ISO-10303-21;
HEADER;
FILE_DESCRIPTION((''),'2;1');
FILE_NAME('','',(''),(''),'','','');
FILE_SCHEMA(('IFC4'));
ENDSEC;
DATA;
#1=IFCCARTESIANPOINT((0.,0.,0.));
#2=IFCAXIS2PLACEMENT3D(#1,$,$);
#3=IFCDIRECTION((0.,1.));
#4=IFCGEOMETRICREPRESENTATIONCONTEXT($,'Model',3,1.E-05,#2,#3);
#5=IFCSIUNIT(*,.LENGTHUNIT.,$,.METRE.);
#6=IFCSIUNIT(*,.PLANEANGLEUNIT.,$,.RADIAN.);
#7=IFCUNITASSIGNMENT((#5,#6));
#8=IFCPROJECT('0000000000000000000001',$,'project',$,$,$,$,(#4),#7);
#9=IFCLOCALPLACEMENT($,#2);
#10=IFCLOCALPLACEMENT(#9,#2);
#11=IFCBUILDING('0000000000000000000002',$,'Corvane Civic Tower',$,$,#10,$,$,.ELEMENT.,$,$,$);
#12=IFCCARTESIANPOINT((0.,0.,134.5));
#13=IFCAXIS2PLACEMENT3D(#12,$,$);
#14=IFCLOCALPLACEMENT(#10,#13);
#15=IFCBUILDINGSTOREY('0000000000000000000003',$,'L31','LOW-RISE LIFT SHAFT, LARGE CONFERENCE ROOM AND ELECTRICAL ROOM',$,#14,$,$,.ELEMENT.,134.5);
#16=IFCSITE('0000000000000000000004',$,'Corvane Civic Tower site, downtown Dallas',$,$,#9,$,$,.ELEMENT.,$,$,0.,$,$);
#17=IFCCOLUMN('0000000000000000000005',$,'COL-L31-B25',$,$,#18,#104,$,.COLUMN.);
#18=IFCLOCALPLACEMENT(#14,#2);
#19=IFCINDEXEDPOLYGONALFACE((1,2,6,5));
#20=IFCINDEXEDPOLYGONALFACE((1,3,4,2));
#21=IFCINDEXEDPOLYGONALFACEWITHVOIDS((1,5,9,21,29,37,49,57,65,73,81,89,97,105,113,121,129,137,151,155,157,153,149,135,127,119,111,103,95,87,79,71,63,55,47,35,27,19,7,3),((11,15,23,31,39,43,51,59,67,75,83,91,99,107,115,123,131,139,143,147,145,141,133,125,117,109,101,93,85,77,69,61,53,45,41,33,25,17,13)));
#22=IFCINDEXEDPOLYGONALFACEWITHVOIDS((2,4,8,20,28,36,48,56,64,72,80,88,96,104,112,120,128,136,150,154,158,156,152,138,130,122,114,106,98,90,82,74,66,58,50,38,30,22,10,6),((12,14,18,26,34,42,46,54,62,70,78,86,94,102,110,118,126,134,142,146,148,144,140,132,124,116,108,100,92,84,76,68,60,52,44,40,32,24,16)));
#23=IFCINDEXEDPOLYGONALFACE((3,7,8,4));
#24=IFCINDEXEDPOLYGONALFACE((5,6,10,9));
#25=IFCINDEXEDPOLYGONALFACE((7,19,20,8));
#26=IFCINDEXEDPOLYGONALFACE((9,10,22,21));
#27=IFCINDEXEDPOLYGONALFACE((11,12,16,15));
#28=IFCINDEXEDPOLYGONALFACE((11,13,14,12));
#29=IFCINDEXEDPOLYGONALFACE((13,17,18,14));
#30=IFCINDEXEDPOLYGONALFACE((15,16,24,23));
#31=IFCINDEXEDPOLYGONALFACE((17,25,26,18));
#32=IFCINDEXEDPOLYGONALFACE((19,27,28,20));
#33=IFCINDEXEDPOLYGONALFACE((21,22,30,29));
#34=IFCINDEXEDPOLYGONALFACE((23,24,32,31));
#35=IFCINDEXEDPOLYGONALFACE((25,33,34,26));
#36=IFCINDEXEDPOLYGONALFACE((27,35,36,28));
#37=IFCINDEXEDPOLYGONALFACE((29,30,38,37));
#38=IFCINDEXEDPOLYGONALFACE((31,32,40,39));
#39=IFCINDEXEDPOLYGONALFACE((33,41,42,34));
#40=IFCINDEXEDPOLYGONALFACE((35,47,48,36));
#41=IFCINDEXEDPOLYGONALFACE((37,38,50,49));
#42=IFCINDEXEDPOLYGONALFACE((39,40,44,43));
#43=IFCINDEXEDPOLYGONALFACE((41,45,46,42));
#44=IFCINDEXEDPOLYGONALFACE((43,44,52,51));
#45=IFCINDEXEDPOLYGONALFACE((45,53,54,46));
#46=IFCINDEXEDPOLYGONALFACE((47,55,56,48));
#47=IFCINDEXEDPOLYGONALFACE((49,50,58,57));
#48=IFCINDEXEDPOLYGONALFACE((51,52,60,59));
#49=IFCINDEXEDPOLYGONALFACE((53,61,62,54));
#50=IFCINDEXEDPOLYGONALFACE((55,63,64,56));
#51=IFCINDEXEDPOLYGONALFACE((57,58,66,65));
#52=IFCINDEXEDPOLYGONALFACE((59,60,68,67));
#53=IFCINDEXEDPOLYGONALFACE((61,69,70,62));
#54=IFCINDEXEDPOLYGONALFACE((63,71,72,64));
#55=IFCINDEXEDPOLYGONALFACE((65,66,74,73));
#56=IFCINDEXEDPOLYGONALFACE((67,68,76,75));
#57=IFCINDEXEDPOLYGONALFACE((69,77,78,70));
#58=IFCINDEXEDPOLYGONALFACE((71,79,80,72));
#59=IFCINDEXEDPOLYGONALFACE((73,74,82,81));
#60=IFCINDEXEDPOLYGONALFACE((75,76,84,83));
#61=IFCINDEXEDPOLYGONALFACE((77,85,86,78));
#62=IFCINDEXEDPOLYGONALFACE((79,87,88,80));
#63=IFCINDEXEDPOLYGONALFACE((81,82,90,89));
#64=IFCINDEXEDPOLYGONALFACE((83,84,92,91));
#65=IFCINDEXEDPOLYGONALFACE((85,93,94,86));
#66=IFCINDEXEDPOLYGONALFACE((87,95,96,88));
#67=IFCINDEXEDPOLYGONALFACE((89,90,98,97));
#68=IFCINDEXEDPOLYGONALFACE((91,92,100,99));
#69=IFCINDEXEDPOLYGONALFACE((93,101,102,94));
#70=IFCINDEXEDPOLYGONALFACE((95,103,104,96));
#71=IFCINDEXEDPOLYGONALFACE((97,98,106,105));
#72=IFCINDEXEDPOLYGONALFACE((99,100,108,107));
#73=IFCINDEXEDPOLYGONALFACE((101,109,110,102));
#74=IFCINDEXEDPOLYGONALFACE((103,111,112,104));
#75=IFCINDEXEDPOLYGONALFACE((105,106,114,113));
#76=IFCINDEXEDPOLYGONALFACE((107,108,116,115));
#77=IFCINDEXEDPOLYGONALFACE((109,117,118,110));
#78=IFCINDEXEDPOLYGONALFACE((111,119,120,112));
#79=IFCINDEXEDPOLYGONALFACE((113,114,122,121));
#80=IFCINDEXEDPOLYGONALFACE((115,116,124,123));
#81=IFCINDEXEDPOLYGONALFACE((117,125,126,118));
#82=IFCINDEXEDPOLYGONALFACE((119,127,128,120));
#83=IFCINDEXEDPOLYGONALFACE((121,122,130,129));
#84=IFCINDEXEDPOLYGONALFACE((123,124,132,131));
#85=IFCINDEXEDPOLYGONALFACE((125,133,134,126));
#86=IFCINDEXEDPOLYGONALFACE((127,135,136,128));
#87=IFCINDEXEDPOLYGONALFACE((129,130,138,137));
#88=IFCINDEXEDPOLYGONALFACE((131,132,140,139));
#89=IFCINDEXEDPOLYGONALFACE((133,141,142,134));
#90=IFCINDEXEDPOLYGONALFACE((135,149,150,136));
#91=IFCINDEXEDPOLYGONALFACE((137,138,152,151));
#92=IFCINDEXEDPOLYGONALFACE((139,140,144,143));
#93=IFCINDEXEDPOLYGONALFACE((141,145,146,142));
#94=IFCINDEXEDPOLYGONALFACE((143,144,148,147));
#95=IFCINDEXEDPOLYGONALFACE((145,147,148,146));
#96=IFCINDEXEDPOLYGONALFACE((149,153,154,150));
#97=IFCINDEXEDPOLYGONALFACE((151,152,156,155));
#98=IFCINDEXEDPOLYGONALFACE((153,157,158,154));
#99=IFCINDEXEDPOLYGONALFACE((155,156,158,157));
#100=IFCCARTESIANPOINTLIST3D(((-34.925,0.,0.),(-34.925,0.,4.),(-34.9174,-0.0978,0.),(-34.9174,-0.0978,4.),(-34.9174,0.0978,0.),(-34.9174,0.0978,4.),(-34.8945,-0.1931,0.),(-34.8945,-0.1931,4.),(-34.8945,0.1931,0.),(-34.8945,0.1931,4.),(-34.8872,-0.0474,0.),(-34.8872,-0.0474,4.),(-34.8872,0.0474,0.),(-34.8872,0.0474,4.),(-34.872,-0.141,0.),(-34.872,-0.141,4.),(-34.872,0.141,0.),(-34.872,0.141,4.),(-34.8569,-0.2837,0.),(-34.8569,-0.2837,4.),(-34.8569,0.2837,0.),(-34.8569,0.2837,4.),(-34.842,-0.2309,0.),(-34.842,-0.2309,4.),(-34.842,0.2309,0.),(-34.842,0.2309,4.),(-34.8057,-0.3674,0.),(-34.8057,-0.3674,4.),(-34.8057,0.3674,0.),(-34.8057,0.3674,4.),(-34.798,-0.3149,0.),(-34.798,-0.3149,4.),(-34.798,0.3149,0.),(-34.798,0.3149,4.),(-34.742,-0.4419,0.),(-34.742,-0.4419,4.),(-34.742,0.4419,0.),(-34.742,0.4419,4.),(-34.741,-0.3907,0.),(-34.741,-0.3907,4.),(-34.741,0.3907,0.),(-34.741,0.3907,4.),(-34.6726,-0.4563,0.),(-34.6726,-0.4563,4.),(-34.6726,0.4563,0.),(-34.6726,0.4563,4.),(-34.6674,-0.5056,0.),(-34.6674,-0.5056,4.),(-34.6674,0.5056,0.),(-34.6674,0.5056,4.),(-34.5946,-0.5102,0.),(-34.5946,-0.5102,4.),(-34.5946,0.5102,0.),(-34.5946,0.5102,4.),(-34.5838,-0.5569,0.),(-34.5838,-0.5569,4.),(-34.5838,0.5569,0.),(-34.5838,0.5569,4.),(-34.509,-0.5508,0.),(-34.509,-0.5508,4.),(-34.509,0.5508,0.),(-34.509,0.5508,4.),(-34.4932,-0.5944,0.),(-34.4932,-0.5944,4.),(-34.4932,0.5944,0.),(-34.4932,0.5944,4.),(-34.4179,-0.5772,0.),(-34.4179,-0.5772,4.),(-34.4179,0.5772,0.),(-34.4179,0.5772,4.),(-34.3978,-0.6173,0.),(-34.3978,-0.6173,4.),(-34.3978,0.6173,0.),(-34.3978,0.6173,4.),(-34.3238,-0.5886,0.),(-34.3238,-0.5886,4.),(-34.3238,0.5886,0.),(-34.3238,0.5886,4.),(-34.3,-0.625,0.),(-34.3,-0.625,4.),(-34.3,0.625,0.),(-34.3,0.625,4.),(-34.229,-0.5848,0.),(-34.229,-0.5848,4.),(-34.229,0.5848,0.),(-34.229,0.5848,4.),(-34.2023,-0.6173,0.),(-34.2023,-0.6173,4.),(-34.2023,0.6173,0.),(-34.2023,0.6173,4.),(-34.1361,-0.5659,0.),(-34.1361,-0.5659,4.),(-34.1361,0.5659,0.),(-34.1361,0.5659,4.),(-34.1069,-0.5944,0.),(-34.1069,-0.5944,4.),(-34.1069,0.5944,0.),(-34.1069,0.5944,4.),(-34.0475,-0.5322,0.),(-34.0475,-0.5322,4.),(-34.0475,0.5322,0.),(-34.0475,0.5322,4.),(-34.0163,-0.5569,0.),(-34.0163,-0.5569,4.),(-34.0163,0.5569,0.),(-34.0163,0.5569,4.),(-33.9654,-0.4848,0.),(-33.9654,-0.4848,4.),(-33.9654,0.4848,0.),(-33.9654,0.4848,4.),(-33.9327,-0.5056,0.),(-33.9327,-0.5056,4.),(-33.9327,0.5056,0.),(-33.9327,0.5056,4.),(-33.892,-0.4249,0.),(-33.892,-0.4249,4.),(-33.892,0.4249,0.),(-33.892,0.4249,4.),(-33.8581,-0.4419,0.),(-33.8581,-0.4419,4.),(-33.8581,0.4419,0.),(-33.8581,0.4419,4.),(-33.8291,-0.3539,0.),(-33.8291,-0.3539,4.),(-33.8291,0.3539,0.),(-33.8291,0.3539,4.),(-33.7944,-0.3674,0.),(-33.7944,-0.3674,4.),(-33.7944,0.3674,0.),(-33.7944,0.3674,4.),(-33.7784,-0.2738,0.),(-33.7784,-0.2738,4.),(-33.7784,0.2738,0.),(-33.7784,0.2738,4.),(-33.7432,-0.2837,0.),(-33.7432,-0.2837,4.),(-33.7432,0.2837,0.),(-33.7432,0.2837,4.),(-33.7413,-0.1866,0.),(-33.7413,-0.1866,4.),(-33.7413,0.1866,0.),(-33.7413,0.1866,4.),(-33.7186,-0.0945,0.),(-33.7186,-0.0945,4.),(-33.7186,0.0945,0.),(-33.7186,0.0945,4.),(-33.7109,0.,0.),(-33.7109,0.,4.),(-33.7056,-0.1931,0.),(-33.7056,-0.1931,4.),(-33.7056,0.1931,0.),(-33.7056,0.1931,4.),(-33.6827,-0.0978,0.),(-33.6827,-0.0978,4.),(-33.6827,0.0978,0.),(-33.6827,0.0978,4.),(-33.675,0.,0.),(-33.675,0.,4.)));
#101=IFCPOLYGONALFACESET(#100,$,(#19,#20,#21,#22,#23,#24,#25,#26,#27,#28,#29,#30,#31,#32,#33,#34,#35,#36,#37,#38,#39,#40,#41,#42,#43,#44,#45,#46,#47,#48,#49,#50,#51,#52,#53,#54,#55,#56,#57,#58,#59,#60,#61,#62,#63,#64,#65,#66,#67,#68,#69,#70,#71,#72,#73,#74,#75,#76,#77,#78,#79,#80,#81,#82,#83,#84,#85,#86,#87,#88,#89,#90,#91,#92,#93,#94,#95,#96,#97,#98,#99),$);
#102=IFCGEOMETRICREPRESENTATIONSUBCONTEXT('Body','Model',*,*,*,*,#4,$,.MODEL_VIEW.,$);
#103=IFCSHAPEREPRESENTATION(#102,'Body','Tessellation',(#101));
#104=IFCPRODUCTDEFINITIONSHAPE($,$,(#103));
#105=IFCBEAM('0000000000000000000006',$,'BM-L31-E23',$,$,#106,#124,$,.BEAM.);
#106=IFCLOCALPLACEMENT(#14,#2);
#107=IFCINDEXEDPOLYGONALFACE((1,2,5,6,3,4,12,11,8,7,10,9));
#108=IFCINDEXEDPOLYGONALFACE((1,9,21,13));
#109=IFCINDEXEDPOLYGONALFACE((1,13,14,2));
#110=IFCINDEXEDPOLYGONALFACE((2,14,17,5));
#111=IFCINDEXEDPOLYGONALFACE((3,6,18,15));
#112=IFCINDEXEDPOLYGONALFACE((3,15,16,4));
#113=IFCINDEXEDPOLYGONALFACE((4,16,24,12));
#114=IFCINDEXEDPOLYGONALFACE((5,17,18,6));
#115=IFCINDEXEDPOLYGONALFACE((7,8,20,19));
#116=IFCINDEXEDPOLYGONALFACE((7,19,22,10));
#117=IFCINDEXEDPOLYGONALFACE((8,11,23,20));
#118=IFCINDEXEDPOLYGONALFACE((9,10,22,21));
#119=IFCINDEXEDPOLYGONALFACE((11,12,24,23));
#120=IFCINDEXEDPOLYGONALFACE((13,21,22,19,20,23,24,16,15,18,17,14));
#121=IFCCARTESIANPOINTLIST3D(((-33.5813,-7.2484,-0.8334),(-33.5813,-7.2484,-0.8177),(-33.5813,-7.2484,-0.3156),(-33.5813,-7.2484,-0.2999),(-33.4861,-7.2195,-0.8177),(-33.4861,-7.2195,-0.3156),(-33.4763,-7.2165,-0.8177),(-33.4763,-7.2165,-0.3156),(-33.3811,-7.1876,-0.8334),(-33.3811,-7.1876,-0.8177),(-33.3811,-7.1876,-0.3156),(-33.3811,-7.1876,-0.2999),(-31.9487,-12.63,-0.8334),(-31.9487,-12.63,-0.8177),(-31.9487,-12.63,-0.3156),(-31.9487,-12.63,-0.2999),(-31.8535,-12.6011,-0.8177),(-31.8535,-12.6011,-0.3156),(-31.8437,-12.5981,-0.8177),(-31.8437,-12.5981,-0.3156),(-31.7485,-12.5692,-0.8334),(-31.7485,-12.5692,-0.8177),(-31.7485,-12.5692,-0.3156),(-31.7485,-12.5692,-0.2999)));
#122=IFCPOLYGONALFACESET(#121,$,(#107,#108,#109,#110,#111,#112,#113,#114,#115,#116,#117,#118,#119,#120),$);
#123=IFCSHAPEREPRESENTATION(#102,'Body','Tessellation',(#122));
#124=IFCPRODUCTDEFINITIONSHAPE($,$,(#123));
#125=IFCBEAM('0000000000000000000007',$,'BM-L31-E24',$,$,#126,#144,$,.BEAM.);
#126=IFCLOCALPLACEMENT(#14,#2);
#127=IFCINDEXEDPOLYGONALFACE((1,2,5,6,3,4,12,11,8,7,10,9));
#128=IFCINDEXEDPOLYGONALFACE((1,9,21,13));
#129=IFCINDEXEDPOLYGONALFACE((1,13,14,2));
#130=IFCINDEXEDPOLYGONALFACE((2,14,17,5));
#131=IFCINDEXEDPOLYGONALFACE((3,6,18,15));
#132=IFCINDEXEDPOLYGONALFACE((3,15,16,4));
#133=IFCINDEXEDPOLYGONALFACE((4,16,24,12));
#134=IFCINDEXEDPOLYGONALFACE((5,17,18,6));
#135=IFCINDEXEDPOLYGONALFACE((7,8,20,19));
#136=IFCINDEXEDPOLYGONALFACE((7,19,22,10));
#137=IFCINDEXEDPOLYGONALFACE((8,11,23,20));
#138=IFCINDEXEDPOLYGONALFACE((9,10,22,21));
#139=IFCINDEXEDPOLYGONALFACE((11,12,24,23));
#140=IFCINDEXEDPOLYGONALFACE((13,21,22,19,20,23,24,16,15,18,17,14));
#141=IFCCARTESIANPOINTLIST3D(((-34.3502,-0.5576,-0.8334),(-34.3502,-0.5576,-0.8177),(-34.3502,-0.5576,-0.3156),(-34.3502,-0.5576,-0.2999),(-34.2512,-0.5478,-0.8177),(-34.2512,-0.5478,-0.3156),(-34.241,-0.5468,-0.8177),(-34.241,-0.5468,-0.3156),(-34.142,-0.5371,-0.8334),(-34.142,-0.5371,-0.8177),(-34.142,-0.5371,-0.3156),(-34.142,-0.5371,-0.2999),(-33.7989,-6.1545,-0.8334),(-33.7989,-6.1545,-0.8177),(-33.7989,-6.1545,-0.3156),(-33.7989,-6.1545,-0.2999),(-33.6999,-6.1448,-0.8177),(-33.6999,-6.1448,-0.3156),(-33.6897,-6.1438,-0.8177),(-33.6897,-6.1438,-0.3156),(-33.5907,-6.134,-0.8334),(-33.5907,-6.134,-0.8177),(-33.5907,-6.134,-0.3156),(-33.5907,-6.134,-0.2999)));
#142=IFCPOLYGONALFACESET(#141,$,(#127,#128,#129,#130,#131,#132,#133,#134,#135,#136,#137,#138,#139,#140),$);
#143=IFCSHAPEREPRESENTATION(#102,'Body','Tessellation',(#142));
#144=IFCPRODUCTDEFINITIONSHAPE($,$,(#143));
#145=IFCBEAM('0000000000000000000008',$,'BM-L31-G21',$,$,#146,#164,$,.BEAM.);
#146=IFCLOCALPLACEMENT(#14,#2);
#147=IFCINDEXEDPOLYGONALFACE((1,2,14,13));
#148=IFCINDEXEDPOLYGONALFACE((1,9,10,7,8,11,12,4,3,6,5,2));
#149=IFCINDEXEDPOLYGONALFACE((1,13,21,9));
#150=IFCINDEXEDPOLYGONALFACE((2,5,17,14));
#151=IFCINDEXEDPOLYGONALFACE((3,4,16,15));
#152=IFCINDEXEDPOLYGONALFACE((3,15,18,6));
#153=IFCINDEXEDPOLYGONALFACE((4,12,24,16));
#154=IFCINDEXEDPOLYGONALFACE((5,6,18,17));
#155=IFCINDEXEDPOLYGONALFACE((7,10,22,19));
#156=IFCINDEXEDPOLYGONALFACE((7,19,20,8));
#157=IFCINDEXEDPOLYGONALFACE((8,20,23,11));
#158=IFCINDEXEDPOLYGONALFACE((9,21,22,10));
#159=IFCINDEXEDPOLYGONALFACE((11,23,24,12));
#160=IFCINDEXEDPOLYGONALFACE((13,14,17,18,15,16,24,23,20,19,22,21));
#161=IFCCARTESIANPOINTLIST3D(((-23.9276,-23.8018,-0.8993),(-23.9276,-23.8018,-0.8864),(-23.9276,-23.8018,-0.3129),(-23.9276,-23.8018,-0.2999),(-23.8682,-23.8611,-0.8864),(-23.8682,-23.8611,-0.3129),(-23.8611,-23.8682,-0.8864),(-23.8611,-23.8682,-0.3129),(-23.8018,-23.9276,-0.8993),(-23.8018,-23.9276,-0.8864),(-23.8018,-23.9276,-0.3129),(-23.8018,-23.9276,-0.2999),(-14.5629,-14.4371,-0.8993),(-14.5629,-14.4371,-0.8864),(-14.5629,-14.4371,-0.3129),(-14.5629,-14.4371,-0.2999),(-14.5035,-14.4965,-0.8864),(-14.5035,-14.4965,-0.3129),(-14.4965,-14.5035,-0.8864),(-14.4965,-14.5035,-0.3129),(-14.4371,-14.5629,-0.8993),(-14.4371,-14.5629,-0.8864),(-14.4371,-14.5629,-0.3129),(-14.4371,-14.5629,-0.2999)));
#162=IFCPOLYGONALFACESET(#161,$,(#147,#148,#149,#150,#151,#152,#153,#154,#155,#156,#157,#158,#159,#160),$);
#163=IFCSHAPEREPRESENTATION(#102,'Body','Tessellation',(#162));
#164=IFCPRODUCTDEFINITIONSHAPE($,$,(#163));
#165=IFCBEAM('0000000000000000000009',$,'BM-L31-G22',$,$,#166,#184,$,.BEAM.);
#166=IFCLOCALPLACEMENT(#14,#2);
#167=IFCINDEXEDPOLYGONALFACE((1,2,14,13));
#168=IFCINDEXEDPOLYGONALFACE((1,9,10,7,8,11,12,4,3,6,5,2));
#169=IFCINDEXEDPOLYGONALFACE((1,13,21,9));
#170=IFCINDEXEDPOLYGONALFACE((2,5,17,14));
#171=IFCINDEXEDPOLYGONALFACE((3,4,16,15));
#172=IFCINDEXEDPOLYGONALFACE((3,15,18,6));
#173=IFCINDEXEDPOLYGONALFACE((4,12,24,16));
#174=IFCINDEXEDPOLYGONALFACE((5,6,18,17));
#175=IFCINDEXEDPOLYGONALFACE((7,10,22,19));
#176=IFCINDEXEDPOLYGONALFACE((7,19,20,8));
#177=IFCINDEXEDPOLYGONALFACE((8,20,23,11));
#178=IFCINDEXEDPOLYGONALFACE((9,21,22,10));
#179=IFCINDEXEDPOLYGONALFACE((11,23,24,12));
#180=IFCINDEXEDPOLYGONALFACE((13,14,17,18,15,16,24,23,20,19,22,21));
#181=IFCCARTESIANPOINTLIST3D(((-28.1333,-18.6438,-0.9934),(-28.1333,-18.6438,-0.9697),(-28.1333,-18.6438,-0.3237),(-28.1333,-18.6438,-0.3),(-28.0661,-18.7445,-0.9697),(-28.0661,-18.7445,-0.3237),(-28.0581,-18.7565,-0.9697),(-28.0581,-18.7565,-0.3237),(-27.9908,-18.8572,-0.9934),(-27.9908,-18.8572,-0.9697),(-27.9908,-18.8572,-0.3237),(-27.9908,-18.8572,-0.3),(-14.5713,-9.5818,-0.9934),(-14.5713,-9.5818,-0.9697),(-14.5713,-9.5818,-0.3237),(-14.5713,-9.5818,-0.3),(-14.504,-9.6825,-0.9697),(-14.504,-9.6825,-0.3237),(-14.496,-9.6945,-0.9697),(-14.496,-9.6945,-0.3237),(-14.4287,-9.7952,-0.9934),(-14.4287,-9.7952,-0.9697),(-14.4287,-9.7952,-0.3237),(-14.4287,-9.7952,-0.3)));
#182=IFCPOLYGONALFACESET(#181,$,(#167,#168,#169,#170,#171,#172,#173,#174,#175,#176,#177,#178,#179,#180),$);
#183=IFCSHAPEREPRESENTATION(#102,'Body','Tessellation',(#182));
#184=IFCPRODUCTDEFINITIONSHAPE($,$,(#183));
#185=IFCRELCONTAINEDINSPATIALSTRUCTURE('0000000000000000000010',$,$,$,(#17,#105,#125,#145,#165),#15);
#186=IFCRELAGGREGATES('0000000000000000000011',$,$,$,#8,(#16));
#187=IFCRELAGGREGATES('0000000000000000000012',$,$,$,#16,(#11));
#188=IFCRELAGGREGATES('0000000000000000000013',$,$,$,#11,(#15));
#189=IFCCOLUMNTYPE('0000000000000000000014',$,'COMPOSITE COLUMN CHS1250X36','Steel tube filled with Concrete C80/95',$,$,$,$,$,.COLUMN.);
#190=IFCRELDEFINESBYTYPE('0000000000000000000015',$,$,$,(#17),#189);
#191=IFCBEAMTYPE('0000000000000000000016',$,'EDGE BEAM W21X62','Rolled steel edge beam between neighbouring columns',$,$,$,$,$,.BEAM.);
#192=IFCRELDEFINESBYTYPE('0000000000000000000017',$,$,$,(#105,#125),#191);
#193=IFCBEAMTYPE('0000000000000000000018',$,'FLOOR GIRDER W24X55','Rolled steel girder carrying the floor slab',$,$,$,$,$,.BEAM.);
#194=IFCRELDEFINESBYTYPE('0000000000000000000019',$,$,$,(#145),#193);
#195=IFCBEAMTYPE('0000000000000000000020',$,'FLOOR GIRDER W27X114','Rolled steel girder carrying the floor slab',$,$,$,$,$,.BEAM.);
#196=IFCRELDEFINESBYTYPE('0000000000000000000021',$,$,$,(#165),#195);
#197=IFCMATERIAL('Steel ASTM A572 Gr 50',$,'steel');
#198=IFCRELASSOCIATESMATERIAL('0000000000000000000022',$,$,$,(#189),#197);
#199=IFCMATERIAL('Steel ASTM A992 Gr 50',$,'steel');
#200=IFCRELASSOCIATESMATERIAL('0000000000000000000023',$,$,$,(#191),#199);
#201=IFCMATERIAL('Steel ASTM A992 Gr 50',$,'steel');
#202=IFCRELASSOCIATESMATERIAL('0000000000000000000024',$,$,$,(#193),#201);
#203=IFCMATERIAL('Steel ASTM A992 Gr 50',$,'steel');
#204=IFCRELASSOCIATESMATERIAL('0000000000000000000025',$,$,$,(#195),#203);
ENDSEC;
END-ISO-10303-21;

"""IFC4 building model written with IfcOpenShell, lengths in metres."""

from ifc_helpers import new_model, si_unit, direction, frame, origin, origin_2d, place, context, subcontext, project, spatial, hollow_circle, i_section, extrude, material, material_profile, profile_set, type_object, element, save


model = new_model("IFC4")

# Units and contexts
model_context = context("Model", 3, precision=1e-05, world=origin(), true_north=direction((0.0, 1.0)))
body_context = subcontext(model_context, "Body", "Model", "MODEL_VIEW")
ifc_project = project(units=[si_unit("LENGTHUNIT", "METRE"), si_unit("PLANEANGLEUNIT", "RADIAN")], contexts=[model_context])

# Site, building, storey
site_placement = place(None, origin())
site = spatial("IfcSite", under=ifc_project, at=site_placement, Name="Corvane Civic Tower site, downtown Dallas", CompositionType="ELEMENT", RefElevation=0.0)
building_placement = place(site_placement, origin())
building = spatial("IfcBuilding", under=site, at=building_placement, Name="Corvane Civic Tower", CompositionType="ELEMENT")
storey_placement = place(building_placement, frame((0.0, 0.0, 134.5)))
storey = spatial("IfcBuildingStorey", under=building, at=storey_placement, Name="L31", Description="LOW-RISE LIFT SHAFT, LARGE CONFERENCE ROOM AND ELECTRICAL ROOM", CompositionType="ELEMENT", Elevation=134.5)

# Column
ifc_material_1 = material(Name="Steel ASTM A572 Gr 50", Category="steel")
ifc_material_profile_1 = material_profile(ifc_material_1, hollow_circle(Radius=0.625, WallThickness=0.0359, at=origin_2d()), Name="CHS1250X36")
ifc_profile_set_1 = profile_set([ifc_material_profile_1], Name="Steel ASTM A572 Gr 50")
column_type = type_object("IfcColumnType", Name="COMPOSITE COLUMN CHS1250X36", Description="Steel tube filled with Concrete C80/95", PredefinedType="COLUMN", material=ifc_profile_set_1)
for number, where, z_axis, x_axis, name in (
    (1, (-34.3, 0.0, 0.0), (0.0, 0.0, 1.0), (1.0, 0.0, 0.0), "COL-L31-B25"),
):
    element("IfcColumn", number, at=place(storey_placement, frame(where, z_axis=z_axis, x_axis=x_axis)), inside=storey, type_object=column_type, Name=name, PredefinedType="COLUMN", context=body_context, shape_type="SweptSolid", body=[
        extrude(hollow_circle(Radius=0.625, WallThickness=0.0359, at=origin_2d()), origin(), (0.0, 0.0, 1.0), 4.0),
    ])

# Beams
ifc_material_2 = material(Name="Steel ASTM A992 Gr 50", Category="steel")
ifc_material_profile_2 = material_profile(ifc_material_2, i_section(OverallWidth=0.2092, OverallDepth=0.5334, WebThickness=0.0103, FlangeThickness=0.0156, at=origin_2d()), Name="W21X62")
ifc_profile_set_2 = profile_set([ifc_material_profile_2], Name="Steel ASTM A992 Gr 50")
beam_type_1 = type_object("IfcBeamType", Name="EDGE BEAM W21X62", Description="Rolled steel edge beam between neighbouring columns", PredefinedType="BEAM", material=ifc_profile_set_2)
beam_1_placement = place(storey_placement, frame((-31.8486, -12.5996, -0.5667), z_axis=(-0.290298, 0.956936, 0.0), x_axis=(-0.956936, -0.290298, 0.0)))
element("IfcBeam", 2, at=beam_1_placement, inside=storey, type_object=beam_type_1, Name="BM-L31-E23", PredefinedType="BEAM", context=body_context, shape_type="SweptSolid", body=[
    extrude(i_section(OverallWidth=0.2092, OverallDepth=0.5334, WebThickness=0.0103, FlangeThickness=0.0156, at=origin_2d()), origin(), (0.0, 0.0, 1.0), 5.6238),
])
beam_2_placement = place(storey_placement, frame((-33.6948, -6.1443, -0.5667), z_axis=(-0.098021, 0.995184, 0.0), x_axis=(-0.995184, -0.098021, 0.0)))
element("IfcBeam", 3, at=beam_2_placement, inside=storey, type_object=beam_type_1, Name="BM-L31-E24", PredefinedType="BEAM", context=body_context, shape_type="SweptSolid", body=[
    extrude(i_section(OverallWidth=0.2092, OverallDepth=0.5334, WebThickness=0.0103, FlangeThickness=0.0156, at=origin_2d()), origin(), (0.0, 0.0, 1.0), 5.624),
])
ifc_material_3 = material(Name="Steel ASTM A992 Gr 50", Category="steel")
ifc_material_profile_3 = material_profile(ifc_material_3, i_section(OverallWidth=0.178, OverallDepth=0.5994, WebThickness=0.01, FlangeThickness=0.0129, at=origin_2d()), Name="W24X55")
ifc_profile_set_3 = profile_set([ifc_material_profile_3], Name="Steel ASTM A992 Gr 50")
beam_type_2 = type_object("IfcBeamType", Name="FLOOR GIRDER W24X55", Description="Rolled steel girder carrying the floor slab", PredefinedType="BEAM", material=ifc_profile_set_3)
beam_3_placement = place(storey_placement, frame((-14.5, -14.5, -0.5996), z_axis=(-0.707107, -0.707107, 0.0), x_axis=(0.707107, -0.707107, 0.0)))
element("IfcBeam", 4, at=beam_3_placement, inside=storey, type_object=beam_type_2, Name="BM-L31-G21", PredefinedType="BEAM", context=body_context, shape_type="SweptSolid", body=[
    extrude(i_section(OverallWidth=0.178, OverallDepth=0.5994, WebThickness=0.01, FlangeThickness=0.0129, at=origin_2d()), origin(), (0.0, 0.0, 1.0), 13.2437),
])
ifc_material_4 = material(Name="Steel ASTM A992 Gr 50", Category="steel")
ifc_material_profile_4 = material_profile(ifc_material_4, i_section(OverallWidth=0.2566, OverallDepth=0.6934, WebThickness=0.0144, FlangeThickness=0.0237, at=origin_2d()), Name="W27X114")
ifc_profile_set_4 = profile_set([ifc_material_profile_4], Name="Steel ASTM A992 Gr 50")
beam_type_3 = type_object("IfcBeamType", Name="FLOOR GIRDER W27X114", Description="Rolled steel girder carrying the floor slab", PredefinedType="BEAM", material=ifc_profile_set_4)
beam_4_placement = place(storey_placement, frame((-14.5, -9.6885, -0.6467), z_axis=(-0.831465, -0.555577, 0.0), x_axis=(0.555577, -0.831465, 0.0)))
element("IfcBeam", 5, at=beam_4_placement, inside=storey, type_object=beam_type_3, Name="BM-L31-G22", PredefinedType="BEAM", context=body_context, shape_type="SweptSolid", body=[
    extrude(i_section(OverallWidth=0.2566, OverallDepth=0.6934, WebThickness=0.0144, FlangeThickness=0.0237, at=origin_2d()), origin(), (0.0, 0.0, 1.0), 16.311),
])

save(model, "model.ifc")
